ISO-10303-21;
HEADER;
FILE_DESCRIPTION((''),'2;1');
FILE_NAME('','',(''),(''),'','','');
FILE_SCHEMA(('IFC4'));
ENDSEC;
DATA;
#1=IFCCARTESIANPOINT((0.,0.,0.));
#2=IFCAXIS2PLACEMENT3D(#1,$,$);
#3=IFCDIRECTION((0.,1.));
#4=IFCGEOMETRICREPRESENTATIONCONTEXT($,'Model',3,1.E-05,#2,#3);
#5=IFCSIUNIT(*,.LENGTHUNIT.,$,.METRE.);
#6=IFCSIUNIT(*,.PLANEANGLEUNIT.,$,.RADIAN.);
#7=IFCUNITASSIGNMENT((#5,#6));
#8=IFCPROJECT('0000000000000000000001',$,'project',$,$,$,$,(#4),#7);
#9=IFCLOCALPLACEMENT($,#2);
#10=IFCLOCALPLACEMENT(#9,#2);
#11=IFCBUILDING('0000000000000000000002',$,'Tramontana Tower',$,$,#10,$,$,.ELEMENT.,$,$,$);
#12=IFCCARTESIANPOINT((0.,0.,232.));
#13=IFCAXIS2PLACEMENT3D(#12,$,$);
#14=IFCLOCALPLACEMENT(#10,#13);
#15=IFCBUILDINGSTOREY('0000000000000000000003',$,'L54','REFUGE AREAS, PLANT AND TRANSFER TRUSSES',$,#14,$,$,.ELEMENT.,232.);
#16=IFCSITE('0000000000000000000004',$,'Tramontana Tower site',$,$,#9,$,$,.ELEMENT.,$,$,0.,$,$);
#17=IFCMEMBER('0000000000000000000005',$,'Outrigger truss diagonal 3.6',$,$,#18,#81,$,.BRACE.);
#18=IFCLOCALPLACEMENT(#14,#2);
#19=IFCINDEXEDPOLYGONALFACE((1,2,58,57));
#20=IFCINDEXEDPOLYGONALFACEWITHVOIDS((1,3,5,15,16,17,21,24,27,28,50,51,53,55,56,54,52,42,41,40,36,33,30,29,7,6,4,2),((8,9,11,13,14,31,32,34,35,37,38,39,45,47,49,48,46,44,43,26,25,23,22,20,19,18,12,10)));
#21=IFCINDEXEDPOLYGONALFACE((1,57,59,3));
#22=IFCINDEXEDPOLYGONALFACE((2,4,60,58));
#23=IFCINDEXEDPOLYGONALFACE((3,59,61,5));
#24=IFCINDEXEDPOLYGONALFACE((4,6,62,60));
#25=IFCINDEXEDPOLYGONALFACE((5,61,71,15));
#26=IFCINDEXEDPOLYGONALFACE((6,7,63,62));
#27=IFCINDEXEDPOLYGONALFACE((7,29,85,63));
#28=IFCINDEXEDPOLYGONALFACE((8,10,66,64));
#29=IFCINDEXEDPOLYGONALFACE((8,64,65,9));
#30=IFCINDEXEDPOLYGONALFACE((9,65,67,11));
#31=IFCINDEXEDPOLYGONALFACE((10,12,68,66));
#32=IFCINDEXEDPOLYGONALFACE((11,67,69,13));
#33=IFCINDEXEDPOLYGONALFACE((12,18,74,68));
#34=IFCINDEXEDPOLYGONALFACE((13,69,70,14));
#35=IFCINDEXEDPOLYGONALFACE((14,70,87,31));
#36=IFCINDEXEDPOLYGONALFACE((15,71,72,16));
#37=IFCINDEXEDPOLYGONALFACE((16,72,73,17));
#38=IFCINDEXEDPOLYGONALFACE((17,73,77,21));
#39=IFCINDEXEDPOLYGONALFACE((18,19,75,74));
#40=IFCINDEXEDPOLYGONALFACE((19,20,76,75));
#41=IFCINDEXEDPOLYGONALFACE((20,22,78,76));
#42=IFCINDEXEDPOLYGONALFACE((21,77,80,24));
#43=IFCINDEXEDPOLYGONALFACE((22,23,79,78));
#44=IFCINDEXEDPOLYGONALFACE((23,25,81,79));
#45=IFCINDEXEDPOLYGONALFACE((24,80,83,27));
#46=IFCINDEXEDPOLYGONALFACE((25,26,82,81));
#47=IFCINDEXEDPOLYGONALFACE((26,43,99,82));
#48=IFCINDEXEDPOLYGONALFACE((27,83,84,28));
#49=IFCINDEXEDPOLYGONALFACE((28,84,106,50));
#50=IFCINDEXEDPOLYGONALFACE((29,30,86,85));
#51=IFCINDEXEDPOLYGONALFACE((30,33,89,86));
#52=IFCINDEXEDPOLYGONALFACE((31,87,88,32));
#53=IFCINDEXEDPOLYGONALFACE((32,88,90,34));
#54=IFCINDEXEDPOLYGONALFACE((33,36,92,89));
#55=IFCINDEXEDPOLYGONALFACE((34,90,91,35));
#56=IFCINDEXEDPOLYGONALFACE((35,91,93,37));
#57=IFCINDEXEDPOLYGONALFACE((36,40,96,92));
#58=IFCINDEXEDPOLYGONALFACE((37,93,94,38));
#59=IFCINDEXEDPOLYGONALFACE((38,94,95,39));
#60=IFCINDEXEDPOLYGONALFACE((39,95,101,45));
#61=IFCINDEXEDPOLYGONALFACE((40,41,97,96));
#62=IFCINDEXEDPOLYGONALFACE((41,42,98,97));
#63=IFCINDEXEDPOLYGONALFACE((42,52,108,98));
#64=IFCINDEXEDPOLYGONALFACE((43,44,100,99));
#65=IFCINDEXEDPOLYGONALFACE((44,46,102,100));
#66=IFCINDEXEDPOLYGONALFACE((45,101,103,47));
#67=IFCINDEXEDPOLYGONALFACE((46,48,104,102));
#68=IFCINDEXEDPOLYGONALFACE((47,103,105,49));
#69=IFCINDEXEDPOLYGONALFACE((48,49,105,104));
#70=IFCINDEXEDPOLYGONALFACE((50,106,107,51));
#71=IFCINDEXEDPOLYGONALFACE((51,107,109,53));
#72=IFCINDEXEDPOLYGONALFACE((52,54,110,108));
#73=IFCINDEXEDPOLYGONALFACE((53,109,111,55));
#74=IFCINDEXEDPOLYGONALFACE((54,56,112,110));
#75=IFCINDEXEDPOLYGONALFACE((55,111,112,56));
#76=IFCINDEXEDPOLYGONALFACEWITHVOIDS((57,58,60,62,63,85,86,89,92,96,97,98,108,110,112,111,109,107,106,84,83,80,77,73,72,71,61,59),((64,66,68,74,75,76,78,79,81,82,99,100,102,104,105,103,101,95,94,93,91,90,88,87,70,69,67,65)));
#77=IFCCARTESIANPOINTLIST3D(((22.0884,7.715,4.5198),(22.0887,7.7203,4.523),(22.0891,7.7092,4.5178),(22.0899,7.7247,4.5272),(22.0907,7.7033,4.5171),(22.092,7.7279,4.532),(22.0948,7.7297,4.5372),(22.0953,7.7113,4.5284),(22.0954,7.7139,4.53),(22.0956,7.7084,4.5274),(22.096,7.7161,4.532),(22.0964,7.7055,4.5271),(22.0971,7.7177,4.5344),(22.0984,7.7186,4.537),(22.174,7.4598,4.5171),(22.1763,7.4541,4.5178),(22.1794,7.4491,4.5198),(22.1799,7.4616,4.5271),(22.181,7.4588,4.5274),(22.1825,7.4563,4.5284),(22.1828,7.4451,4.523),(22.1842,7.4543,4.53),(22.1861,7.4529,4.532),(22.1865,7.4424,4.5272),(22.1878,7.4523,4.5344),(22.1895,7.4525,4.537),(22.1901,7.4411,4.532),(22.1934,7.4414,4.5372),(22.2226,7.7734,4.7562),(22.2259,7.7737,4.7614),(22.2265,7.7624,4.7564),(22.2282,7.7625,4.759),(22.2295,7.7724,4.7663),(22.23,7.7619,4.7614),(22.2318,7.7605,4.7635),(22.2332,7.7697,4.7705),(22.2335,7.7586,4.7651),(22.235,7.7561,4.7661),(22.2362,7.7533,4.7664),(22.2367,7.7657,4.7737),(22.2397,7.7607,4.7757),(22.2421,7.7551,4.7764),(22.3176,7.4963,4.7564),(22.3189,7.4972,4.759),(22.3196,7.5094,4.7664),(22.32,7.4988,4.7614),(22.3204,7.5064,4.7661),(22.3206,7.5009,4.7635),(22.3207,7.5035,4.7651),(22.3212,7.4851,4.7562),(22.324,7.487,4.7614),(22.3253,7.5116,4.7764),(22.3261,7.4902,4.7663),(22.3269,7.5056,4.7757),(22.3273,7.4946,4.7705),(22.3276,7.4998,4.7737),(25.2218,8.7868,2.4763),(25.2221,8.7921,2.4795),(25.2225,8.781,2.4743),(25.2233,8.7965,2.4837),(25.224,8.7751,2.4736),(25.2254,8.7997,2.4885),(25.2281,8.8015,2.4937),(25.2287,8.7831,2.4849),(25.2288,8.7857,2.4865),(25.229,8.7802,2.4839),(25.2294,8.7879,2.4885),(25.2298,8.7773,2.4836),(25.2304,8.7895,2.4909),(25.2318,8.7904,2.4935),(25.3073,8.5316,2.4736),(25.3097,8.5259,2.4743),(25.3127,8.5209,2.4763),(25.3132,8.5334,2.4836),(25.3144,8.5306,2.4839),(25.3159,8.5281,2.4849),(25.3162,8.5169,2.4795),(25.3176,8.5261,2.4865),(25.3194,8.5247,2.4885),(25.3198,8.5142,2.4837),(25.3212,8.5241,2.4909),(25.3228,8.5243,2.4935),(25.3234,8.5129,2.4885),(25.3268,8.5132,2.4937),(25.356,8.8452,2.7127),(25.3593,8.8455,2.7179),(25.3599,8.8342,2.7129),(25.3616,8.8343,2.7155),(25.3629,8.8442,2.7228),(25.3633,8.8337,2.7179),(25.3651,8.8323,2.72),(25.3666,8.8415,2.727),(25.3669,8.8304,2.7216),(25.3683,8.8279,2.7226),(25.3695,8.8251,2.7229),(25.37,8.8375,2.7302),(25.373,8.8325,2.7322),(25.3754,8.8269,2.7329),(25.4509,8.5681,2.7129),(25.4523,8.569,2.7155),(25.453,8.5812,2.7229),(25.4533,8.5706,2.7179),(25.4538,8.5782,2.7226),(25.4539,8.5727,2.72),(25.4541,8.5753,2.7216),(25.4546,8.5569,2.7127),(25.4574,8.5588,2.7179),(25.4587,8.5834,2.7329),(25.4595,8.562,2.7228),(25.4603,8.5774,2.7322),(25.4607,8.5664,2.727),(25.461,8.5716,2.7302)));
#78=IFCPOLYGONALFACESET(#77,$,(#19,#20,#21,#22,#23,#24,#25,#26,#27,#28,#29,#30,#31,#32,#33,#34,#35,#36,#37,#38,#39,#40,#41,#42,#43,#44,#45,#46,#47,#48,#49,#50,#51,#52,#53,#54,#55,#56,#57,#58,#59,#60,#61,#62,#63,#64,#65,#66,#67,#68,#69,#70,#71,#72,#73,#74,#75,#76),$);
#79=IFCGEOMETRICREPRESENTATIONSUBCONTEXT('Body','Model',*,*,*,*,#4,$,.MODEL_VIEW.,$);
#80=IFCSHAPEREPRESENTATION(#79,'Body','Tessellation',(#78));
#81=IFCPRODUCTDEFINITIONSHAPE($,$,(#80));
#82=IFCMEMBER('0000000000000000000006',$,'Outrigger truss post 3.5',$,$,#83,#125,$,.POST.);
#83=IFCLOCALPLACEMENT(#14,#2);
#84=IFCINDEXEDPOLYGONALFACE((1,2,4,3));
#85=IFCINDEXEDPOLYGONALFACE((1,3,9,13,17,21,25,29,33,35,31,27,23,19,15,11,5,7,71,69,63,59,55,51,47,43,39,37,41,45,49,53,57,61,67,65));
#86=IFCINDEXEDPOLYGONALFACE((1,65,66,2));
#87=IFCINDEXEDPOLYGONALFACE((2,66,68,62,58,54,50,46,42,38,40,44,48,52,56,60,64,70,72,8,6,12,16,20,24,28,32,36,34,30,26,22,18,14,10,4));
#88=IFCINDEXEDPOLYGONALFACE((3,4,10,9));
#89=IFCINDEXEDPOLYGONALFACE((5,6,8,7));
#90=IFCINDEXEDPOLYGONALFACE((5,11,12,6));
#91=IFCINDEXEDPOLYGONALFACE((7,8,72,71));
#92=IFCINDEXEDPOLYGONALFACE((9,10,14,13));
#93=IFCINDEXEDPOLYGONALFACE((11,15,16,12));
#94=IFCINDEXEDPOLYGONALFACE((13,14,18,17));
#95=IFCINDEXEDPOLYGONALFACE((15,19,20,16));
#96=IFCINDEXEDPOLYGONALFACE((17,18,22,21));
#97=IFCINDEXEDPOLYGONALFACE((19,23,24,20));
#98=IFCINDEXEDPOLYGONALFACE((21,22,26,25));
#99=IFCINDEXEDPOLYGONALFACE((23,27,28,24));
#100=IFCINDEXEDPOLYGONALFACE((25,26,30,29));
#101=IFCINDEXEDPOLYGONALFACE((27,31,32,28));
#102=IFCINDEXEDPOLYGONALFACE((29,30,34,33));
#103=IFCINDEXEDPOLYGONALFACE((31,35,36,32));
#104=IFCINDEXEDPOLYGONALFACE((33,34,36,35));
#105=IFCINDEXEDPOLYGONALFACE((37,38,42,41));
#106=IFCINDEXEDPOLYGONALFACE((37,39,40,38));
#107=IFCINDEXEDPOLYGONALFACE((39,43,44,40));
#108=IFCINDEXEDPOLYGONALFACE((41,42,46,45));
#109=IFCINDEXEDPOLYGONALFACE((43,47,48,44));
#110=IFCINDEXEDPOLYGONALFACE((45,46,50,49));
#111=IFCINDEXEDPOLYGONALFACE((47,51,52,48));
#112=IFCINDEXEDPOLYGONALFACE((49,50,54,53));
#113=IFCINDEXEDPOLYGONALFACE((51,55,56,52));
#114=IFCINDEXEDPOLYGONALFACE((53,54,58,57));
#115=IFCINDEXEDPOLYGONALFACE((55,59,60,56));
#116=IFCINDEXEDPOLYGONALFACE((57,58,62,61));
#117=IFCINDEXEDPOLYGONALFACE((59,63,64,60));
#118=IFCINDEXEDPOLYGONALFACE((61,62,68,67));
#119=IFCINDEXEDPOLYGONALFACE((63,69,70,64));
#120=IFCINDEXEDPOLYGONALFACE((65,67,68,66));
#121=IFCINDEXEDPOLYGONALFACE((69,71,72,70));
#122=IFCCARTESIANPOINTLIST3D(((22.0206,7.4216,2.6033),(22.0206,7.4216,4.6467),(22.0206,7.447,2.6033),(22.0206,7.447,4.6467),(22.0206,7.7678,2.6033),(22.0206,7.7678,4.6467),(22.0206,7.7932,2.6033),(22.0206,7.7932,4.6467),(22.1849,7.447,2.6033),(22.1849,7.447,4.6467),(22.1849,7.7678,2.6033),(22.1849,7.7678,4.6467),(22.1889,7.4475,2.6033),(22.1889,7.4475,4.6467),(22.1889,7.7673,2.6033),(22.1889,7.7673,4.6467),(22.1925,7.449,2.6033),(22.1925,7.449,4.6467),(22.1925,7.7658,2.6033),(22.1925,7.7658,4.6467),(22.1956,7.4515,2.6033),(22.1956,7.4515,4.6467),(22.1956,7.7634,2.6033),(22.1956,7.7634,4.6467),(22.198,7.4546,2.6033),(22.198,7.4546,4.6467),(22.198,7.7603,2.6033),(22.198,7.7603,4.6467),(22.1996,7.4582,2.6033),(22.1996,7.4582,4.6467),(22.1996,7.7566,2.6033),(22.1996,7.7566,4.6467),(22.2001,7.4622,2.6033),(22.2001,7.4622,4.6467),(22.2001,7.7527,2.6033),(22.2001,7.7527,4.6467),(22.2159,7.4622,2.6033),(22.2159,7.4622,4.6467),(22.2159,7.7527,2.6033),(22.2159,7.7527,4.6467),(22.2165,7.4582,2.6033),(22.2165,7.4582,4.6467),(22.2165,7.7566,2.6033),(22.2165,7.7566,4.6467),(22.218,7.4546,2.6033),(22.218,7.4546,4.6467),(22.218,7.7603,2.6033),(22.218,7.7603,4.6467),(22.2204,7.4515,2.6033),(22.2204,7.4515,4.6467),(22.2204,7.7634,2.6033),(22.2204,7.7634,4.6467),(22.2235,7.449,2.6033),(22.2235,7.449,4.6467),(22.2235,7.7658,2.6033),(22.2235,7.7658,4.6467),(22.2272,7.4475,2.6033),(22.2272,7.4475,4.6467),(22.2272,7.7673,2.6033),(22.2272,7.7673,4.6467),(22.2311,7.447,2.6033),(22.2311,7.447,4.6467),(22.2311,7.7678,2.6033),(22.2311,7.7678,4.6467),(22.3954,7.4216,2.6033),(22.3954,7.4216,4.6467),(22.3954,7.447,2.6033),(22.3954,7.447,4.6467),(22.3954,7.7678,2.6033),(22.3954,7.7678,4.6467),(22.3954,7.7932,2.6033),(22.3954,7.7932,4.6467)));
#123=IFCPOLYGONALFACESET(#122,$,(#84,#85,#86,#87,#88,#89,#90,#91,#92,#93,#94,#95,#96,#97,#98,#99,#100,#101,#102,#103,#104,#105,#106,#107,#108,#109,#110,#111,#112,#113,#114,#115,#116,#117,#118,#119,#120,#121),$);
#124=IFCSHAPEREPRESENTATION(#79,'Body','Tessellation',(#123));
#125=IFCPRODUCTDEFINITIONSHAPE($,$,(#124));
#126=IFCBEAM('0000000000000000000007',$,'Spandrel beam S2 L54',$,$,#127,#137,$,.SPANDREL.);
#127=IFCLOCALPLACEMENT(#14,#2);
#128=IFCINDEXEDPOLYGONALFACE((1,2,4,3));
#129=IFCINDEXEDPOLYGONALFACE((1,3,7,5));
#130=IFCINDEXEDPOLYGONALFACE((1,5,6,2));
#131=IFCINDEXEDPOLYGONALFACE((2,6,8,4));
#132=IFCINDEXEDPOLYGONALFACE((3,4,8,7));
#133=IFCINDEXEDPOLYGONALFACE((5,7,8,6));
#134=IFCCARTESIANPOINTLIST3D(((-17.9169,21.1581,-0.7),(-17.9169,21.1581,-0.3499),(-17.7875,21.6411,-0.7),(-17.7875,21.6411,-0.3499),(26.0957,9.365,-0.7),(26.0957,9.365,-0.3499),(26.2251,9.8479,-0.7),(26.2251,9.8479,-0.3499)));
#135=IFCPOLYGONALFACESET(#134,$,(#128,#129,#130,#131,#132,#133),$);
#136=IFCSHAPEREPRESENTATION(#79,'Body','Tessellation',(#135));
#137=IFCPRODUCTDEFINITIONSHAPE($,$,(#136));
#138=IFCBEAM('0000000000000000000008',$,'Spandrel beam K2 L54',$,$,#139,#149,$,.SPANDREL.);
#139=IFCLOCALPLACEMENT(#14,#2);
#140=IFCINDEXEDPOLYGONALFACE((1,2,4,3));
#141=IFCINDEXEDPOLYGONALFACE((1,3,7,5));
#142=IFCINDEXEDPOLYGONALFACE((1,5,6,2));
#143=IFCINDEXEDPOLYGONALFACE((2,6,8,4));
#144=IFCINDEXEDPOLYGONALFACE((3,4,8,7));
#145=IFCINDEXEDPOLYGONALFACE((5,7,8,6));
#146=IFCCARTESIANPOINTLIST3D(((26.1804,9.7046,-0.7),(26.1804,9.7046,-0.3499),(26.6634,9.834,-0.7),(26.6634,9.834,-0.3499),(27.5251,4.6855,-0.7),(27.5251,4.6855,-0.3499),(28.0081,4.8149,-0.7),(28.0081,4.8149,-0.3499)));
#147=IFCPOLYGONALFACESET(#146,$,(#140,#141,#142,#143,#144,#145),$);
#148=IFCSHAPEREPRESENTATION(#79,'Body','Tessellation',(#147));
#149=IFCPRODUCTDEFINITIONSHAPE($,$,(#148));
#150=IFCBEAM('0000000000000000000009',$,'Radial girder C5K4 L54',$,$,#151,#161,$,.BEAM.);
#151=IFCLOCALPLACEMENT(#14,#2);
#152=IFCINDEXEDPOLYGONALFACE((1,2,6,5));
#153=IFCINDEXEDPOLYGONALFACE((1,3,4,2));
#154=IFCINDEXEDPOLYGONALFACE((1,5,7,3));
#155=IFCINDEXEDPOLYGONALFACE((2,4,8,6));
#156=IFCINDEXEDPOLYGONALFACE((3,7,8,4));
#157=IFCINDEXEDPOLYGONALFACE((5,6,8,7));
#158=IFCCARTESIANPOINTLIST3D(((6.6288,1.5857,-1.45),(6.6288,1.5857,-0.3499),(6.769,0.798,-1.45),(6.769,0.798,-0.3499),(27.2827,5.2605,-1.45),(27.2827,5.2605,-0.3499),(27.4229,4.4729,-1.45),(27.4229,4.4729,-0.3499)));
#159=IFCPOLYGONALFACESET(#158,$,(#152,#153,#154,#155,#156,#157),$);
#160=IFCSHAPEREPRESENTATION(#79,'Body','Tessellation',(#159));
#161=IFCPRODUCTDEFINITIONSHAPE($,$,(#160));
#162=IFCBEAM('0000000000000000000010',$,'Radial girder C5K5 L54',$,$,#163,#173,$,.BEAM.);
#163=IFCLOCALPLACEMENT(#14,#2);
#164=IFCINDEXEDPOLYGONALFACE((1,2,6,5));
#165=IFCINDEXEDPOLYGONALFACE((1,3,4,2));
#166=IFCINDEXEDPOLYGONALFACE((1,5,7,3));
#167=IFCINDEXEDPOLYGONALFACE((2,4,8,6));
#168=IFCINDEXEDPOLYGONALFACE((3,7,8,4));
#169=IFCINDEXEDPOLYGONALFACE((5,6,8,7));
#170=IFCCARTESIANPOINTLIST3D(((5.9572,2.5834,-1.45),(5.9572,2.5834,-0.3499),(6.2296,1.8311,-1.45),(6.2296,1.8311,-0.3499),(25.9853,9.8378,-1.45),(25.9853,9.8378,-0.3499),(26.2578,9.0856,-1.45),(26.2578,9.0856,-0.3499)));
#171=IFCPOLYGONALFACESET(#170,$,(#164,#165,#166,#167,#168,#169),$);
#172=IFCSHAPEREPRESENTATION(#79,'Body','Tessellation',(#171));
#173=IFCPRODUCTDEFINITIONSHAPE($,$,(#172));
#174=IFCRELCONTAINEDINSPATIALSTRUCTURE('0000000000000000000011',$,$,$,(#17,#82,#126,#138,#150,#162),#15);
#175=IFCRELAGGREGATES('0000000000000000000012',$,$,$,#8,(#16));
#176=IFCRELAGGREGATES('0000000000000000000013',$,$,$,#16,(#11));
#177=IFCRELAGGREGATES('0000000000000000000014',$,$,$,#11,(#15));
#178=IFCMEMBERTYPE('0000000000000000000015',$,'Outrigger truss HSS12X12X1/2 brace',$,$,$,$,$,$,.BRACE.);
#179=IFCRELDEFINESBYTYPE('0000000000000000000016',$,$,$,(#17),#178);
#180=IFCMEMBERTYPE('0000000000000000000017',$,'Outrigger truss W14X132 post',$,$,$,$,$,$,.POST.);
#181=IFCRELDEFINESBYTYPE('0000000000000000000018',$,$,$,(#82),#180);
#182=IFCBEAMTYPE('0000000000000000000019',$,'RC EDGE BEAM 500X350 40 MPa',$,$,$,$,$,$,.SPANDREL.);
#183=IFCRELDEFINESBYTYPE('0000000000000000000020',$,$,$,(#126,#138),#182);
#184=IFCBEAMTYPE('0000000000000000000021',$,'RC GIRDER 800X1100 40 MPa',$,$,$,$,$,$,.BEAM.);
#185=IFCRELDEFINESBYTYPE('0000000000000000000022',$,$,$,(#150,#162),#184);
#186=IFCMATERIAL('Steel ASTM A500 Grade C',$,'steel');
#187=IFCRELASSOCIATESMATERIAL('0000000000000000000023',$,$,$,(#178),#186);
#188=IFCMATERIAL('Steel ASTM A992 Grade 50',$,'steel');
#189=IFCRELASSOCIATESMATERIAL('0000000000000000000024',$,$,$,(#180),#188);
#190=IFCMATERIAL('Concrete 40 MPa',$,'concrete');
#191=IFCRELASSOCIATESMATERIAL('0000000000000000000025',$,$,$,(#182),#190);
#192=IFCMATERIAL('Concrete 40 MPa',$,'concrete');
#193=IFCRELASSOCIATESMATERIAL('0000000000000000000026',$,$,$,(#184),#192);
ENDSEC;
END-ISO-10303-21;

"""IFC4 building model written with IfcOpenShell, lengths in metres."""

from ifc_helpers import new_model, si_unit, direction, frame, origin, origin_2d, place, context, subcontext, project, spatial, rectangle, hollow_rectangle, i_section, extrude, material, material_profile, profile_set, type_object, element, save


model = new_model("IFC4")

# Units and contexts
model_context = context("Model", 3, precision=1e-05, world=origin(), true_north=direction((0.0, 1.0)))
body_context = subcontext(model_context, "Body", "Model", "MODEL_VIEW")
ifc_project = project(units=[si_unit("LENGTHUNIT", "METRE"), si_unit("PLANEANGLEUNIT", "RADIAN")], contexts=[model_context])

# Site, building, storey
site_placement = place(None, origin())
site = spatial("IfcSite", under=ifc_project, at=site_placement, Name="Tramontana Tower site", CompositionType="ELEMENT", RefElevation=0.0)
building_placement = place(site_placement, origin())
building = spatial("IfcBuilding", under=site, at=building_placement, Name="Tramontana Tower", CompositionType="ELEMENT")
storey_placement = place(building_placement, frame((0.0, 0.0, 232.0)))
storey = spatial("IfcBuildingStorey", under=building, at=storey_placement, Name="L54", Description="REFUGE AREAS, PLANT AND TRANSFER TRUSSES", CompositionType="ELEMENT", Elevation=232.0)

# Members
ifc_material_1 = material(Name="Steel ASTM A500 Grade C", Category="steel")
ifc_material_profile_1 = material_profile(ifc_material_1, hollow_rectangle(XDim=0.3047, YDim=0.3047, WallThickness=0.0117, InnerFilletRadius=0.0117, OuterFilletRadius=0.0237, at=origin_2d()), Name="HSS12X12X1/2")
ifc_profile_set_1 = profile_set([ifc_material_profile_1], Name="Steel ASTM A500 Grade C")
member_type_1 = type_object("IfcMemberType", Name="Outrigger truss HSS12X12X1/2 brace", PredefinedType="BRACE", material=ifc_profile_set_1)
member_1_placement = place(storey_placement, frame((22.208, 7.6074, 4.6467), z_axis=(0.805212, 0.275431, -0.525139), x_axis=(-0.323649, 0.946177, 0.0)))
element("IfcMember", 1, at=member_1_placement, inside=storey, type_object=member_type_1, Name="Outrigger truss diagonal 3.6", PredefinedType="BRACE", context=body_context, shape_type="SweptSolid", body=[
    extrude(hollow_rectangle(XDim=0.3047, YDim=0.3047, WallThickness=0.0117, InnerFilletRadius=0.0117, OuterFilletRadius=0.0237, at=origin_2d()), origin(), (0.0, 0.0, 1.0), 3.8914),
])
ifc_material_2 = material(Name="Steel ASTM A992 Grade 50", Category="steel")
ifc_material_profile_2 = material_profile(ifc_material_2, i_section(OverallWidth=0.3748, OverallDepth=0.3716, WebThickness=0.0159, FlangeThickness=0.0254, FilletRadius=0.0151, at=origin_2d()), Name="W14X132")
ifc_profile_set_2 = profile_set([ifc_material_profile_2], Name="Steel ASTM A992 Grade 50")
member_type_2 = type_object("IfcMemberType", Name="Outrigger truss W14X132 post", PredefinedType="POST", material=ifc_profile_set_2)
member_2_placement = place(storey_placement, frame((22.208, 7.6074, 2.6033), z_axis=(0.0, 0.0, 1.0), x_axis=(1.0, 0.0, 0.0)))
element("IfcMember", 2, at=member_2_placement, inside=storey, type_object=member_type_2, Name="Outrigger truss post 3.5", PredefinedType="POST", context=body_context, shape_type="SweptSolid", body=[
    extrude(i_section(OverallWidth=0.3748, OverallDepth=0.3716, WebThickness=0.0159, FlangeThickness=0.0254, FilletRadius=0.0151, at=origin_2d()), origin(), (0.0, 0.0, 1.0), 2.0435),
])

# Beams
ifc_material_3 = material(Name="Concrete 40 MPa", Category="concrete")
ifc_material_profile_3 = material_profile(ifc_material_3, rectangle(XDim=0.5, YDim=0.3501, at=origin_2d()), Name="RC EDGE BEAM 500X350 40 MPa")
ifc_profile_set_3 = profile_set([ifc_material_profile_3], Name="Concrete 40 MPa")
beam_type_1 = type_object("IfcBeamType", Name="RC EDGE BEAM 500X350 40 MPa", PredefinedType="SPANDREL", material=ifc_profile_set_3)
beam_1_placement = place(storey_placement, frame((26.1604, 9.6064, -0.5249), z_axis=(-0.965926, 0.25882, 0.0), x_axis=(-0.25882, -0.965926, 0.0)))
element("IfcBeam", 3, at=beam_1_placement, inside=storey, type_object=beam_type_1, Name="Spandrel beam S2 L54", PredefinedType="SPANDREL", context=body_context, shape_type="SweptSolid", body=[
    extrude(rectangle(XDim=0.5, YDim=0.3501, at=origin_2d()), origin(), (0.0, 0.0, 1.0), 45.5652),
])
beam_2_placement = place(storey_placement, frame((27.7666, 4.7502, -0.5249), z_axis=(-0.258797, 0.965932, 0.0), x_axis=(-0.965932, -0.258797, 0.0)))
element("IfcBeam", 4, at=beam_2_placement, inside=storey, type_object=beam_type_1, Name="Spandrel beam K2 L54", PredefinedType="SPANDREL", context=body_context, shape_type="SweptSolid", body=[
    extrude(rectangle(XDim=0.5, YDim=0.3501, at=origin_2d()), origin(), (0.0, 0.0, 1.0), 5.196),
])
ifc_material_4 = material(Name="Concrete 40 MPa", Category="concrete")
ifc_material_profile_4 = material_profile(ifc_material_4, rectangle(XDim=0.8, YDim=1.1001, at=origin_2d()), Name="RC GIRDER 800X1100 40 MPa")
ifc_profile_set_4 = profile_set([ifc_material_profile_4], Name="Concrete 40 MPa")
beam_type_2 = type_object("IfcBeamType", Name="RC GIRDER 800X1100 40 MPa", PredefinedType="BEAM", material=ifc_profile_set_4)
beam_3_placement = place(storey_placement, frame((27.3528, 4.8667, -0.8999), z_axis=(-0.984538, -0.175173, 0.0), x_axis=(0.175173, -0.984538, 0.0)))
element("IfcBeam", 5, at=beam_3_placement, inside=storey, type_object=beam_type_2, Name="Radial girder C5K4 L54", PredefinedType="BEAM", context=body_context, shape_type="SweptSolid", body=[
    extrude(rectangle(XDim=0.8, YDim=1.1001, at=origin_2d()), origin(), (0.0, 0.0, 1.0), 20.9783),
])
beam_4_placement = place(storey_placement, frame((26.1216, 9.4617, -0.8999), z_axis=(-0.940223, -0.340559, 0.0), x_axis=(0.340559, -0.940223, 0.0)))
element("IfcBeam", 6, at=beam_4_placement, inside=storey, type_object=beam_type_2, Name="Radial girder C5K5 L54", PredefinedType="BEAM", context=body_context, shape_type="SweptSolid", body=[
    extrude(rectangle(XDim=0.8, YDim=1.1001, at=origin_2d()), origin(), (0.0, 0.0, 1.0), 21.3015),
])

save(model, "model.ifc")
